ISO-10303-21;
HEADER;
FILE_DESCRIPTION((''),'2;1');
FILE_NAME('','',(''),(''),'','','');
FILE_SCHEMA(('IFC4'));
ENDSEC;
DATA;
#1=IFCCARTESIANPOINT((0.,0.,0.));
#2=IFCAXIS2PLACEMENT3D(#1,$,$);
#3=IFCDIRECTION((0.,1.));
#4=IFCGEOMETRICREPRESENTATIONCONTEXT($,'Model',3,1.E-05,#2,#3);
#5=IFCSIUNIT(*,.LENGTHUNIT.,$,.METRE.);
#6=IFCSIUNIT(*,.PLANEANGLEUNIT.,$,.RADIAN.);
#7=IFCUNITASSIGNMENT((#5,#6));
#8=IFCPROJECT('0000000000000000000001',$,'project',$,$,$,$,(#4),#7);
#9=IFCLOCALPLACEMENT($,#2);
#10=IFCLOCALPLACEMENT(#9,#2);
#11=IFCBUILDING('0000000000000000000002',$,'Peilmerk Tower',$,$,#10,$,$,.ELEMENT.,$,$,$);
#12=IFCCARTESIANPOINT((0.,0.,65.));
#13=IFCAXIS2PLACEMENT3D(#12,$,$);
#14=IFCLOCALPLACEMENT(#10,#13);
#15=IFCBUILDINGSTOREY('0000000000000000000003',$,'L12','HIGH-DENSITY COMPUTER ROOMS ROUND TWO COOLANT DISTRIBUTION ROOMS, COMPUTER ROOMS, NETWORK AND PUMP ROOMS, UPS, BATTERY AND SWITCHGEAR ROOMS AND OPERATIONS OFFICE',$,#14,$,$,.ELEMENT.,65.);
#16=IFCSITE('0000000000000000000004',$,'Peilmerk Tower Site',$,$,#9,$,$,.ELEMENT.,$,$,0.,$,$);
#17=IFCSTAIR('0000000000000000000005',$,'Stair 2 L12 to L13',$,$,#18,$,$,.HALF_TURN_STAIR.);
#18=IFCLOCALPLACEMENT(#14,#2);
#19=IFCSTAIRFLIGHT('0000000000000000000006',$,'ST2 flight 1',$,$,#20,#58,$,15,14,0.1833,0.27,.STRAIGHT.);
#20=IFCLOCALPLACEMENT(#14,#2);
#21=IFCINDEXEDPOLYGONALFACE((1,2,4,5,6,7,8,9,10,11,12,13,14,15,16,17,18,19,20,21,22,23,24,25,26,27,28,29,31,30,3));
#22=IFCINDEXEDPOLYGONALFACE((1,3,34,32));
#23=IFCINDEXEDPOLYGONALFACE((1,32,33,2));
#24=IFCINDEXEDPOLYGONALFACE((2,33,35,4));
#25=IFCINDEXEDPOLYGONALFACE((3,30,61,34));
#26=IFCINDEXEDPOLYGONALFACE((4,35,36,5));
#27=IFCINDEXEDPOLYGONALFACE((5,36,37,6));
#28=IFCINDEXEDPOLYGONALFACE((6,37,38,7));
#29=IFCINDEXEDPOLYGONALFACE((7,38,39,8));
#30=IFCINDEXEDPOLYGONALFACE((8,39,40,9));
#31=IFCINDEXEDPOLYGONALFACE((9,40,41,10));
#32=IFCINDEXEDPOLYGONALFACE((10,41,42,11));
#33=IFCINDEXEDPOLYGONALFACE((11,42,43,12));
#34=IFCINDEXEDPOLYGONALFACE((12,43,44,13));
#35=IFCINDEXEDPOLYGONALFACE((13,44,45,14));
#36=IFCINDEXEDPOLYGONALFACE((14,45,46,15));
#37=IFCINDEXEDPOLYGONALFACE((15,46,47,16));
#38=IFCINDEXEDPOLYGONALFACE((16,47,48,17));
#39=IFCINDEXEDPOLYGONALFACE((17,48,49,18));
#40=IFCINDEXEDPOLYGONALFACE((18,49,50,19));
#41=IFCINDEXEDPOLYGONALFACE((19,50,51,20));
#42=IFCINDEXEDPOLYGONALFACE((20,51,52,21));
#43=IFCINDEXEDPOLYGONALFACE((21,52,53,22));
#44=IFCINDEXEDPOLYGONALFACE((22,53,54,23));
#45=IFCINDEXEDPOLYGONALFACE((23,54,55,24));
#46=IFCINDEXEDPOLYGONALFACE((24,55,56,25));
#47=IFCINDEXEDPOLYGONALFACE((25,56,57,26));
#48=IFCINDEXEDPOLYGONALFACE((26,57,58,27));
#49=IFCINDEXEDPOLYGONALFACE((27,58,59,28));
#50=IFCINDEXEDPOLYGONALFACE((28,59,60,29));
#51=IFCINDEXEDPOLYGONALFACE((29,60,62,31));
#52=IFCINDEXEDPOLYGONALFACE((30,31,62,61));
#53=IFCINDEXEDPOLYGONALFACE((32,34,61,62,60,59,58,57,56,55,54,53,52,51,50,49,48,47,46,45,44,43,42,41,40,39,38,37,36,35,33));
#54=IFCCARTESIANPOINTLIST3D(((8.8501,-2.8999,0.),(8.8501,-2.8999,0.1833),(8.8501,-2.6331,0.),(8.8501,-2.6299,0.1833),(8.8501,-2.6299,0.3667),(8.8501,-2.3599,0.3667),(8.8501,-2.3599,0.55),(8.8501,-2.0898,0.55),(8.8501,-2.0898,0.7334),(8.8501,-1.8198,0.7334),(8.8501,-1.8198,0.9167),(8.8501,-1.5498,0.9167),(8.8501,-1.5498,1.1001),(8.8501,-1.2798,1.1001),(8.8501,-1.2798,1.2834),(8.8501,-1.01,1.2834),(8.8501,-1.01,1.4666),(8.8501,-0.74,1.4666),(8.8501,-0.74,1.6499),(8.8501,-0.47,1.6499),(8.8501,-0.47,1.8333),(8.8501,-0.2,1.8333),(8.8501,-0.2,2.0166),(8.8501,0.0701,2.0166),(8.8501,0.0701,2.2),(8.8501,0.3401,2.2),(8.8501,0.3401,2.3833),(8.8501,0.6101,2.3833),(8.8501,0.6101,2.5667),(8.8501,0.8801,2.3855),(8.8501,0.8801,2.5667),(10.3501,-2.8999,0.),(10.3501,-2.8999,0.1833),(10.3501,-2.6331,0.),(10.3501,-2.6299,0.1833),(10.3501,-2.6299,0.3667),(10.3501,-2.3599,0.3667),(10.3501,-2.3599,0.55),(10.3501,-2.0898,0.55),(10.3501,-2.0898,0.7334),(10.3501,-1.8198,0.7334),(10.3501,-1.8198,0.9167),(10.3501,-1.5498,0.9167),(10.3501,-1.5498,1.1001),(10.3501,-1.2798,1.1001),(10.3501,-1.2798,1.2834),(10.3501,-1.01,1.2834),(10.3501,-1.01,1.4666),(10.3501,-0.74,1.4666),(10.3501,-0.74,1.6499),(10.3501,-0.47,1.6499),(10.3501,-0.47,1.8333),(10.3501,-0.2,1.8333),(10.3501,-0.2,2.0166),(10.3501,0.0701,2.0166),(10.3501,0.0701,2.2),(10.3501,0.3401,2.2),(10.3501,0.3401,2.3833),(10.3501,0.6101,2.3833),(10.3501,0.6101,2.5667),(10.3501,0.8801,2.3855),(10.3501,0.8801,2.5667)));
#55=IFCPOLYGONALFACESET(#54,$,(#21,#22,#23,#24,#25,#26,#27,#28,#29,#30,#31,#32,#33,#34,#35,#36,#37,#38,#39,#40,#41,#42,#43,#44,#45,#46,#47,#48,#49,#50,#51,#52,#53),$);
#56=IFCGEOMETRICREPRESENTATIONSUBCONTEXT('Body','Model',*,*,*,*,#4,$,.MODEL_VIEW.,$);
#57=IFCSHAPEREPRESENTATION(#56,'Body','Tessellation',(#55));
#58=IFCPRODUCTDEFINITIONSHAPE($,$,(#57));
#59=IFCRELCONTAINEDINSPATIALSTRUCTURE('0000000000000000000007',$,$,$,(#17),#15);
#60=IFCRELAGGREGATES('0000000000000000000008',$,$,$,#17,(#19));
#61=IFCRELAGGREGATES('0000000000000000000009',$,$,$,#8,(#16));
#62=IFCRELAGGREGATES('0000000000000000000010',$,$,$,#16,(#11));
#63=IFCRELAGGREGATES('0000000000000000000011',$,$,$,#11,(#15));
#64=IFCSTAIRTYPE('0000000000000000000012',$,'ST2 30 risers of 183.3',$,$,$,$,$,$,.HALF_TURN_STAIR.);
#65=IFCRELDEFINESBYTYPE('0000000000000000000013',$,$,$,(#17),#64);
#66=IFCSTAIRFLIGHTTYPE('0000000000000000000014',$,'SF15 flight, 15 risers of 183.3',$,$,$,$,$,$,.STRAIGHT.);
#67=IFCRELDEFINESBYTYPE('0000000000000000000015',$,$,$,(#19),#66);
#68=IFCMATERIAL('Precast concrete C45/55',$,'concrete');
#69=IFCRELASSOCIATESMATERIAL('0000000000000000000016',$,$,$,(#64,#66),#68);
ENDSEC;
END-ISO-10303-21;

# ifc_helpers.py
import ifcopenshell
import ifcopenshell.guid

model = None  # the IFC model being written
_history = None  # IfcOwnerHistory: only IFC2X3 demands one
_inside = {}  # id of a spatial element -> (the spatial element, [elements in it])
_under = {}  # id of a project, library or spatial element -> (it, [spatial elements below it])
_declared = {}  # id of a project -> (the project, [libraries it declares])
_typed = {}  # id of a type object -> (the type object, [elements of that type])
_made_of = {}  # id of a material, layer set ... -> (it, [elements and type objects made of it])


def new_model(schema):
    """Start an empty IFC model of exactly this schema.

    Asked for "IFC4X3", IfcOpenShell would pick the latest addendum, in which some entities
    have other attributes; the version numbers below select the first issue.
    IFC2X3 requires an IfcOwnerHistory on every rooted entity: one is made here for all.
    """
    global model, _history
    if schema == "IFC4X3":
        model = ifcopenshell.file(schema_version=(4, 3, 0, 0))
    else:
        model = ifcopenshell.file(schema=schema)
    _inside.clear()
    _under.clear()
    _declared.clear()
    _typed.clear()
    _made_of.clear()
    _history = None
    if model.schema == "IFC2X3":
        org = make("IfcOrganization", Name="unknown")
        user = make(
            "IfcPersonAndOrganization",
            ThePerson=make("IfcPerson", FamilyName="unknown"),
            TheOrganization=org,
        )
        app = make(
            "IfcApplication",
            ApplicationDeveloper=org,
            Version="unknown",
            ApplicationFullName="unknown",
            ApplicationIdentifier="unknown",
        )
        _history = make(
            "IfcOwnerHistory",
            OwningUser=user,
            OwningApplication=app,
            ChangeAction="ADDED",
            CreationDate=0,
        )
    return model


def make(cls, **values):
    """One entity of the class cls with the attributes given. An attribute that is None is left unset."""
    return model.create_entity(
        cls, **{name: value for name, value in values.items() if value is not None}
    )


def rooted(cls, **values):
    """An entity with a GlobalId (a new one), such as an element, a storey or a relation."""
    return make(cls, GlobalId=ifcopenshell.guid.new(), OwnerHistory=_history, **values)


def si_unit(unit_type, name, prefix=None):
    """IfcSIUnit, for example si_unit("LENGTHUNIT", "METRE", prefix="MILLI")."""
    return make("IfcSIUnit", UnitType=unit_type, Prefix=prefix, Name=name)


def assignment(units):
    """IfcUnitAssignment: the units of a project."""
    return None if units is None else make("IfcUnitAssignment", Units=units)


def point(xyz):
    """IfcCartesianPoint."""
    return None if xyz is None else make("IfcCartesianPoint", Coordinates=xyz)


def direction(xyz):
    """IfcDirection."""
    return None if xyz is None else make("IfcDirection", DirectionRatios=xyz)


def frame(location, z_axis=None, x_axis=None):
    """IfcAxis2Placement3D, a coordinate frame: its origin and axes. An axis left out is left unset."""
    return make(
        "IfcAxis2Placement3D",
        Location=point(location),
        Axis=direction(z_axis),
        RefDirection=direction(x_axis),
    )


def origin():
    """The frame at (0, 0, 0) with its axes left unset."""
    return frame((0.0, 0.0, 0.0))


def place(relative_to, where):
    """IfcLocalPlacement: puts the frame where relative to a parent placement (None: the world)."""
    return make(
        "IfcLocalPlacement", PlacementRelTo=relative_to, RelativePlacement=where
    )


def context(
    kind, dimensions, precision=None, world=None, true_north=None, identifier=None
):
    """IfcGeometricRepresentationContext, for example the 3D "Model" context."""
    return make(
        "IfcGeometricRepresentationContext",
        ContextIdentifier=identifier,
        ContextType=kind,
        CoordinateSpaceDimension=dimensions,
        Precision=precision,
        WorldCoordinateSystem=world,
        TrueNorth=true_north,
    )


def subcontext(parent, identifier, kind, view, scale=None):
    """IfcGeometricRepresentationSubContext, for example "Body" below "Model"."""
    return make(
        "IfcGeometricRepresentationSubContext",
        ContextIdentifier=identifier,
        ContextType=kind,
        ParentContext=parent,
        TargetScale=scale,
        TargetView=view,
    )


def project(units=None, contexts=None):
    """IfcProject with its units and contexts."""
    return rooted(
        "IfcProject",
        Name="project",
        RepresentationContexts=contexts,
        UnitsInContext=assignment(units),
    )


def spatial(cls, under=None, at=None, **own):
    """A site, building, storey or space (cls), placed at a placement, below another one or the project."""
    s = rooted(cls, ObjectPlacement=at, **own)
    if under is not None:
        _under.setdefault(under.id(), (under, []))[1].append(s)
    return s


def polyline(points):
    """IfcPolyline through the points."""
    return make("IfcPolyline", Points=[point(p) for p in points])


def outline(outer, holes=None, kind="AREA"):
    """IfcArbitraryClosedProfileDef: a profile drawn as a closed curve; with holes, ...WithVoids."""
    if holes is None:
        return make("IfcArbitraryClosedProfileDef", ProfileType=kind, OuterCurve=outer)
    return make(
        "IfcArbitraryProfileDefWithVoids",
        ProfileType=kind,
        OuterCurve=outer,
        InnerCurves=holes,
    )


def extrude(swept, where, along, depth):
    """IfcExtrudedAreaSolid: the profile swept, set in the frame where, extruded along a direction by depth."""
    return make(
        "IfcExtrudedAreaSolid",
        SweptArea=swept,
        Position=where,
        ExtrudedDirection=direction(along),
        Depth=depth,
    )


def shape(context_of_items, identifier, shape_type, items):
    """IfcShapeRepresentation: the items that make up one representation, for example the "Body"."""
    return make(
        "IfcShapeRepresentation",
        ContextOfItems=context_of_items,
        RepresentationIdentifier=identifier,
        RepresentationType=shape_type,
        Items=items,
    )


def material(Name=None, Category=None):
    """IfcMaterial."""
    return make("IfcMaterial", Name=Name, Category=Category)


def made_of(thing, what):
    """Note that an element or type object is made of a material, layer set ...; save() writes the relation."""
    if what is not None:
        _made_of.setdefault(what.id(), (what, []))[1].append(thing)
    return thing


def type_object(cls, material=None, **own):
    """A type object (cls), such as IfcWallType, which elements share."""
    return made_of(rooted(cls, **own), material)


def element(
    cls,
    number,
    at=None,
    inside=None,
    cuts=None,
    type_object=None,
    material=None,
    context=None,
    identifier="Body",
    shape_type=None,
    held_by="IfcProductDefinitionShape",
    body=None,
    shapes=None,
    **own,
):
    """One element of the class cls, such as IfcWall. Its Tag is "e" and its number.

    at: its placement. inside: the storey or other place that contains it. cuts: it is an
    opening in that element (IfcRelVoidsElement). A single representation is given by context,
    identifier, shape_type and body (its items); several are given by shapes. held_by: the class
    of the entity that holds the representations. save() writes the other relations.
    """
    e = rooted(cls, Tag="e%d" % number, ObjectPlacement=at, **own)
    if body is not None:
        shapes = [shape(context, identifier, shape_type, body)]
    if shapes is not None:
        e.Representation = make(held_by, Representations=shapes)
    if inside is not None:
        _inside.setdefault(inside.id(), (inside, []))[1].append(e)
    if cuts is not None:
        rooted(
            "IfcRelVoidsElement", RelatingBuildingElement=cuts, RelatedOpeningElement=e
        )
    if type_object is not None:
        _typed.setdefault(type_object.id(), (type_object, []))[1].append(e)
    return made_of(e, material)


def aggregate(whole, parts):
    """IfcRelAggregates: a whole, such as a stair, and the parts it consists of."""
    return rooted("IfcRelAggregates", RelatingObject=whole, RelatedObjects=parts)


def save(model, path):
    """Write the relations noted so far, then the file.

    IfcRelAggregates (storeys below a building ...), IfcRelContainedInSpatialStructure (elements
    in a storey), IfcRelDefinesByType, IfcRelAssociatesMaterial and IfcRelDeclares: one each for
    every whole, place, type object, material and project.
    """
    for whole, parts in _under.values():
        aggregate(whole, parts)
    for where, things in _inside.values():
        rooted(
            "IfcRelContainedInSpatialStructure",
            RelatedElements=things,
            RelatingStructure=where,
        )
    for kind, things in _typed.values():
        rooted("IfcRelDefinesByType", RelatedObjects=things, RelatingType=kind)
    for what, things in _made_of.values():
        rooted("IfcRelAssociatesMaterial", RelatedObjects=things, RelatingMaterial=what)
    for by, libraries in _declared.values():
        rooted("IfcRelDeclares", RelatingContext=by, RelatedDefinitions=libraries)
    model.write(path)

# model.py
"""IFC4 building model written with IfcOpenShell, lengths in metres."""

from ifc_helpers import new_model, si_unit, direction, frame, origin, place, context, subcontext, project, spatial, polyline, outline, extrude, material, type_object, element, aggregate, save


model = new_model("IFC4")

# Units and contexts
model_context = context("Model", 3, precision=1e-05, world=origin(), true_north=direction((0.0, 1.0)))
body_context = subcontext(model_context, "Body", "Model", "MODEL_VIEW")
ifc_project = project(units=[si_unit("LENGTHUNIT", "METRE"), si_unit("PLANEANGLEUNIT", "RADIAN")], contexts=[model_context])

# Site, building, storey
site_placement = place(None, origin())
site = spatial("IfcSite", under=ifc_project, at=site_placement, Name="Peilmerk Tower Site", CompositionType="ELEMENT", RefElevation=0.0)
building_placement = place(site_placement, origin())
building = spatial("IfcBuilding", under=site, at=building_placement, Name="Peilmerk Tower", CompositionType="ELEMENT")
storey_placement = place(building_placement, frame((0.0, 0.0, 65.0)))
storey = spatial("IfcBuildingStorey", under=building, at=storey_placement, Name="L12", Description="HIGH-DENSITY COMPUTER ROOMS ROUND TWO COOLANT DISTRIBUTION ROOMS, COMPUTER ROOMS, NETWORK AND PUMP ROOMS, UPS, BATTERY AND SWITCHGEAR ROOMS AND OPERATIONS OFFICE", CompositionType="ELEMENT", Elevation=65.0)

# Stair, stair flight
ifc_material_1 = material(Name="Precast concrete C45/55", Category="concrete")
stair_type = type_object("IfcStairType", Name="ST2 30 risers of 183.3", PredefinedType="HALF_TURN_STAIR", material=ifc_material_1)
stair_placement = place(storey_placement, origin())
stair = element("IfcStair", 1, at=stair_placement, inside=storey, type_object=stair_type, Name="Stair 2 L12 to L13", PredefinedType="HALF_TURN_STAIR")
stair_flight_type = type_object("IfcStairFlightType", Name="SF15 flight, 15 risers of 183.3", PredefinedType="STRAIGHT", material=ifc_material_1)
stair_flight_placement = place(storey_placement, frame((9.6001, -2.8999, 0.0), z_axis=(0.0, 0.0, 1.0), x_axis=(0.0, 1.0, 0.0)))
stair_flight = element("IfcStairFlight", 2, at=stair_flight_placement, type_object=stair_flight_type, Name="ST2 flight 1", NumberOfRisers=15, NumberOfTreads=14, PredefinedType="STRAIGHT", RiserHeight=0.1833, TreadLength=0.27, context=body_context, shape_type="SweptSolid", body=[
    extrude(outline(polyline([(0.0, 0.0), (0.0, 0.1833), (0.27, 0.1833), (0.27, 0.3667), (0.54, 0.3667), (0.54, 0.55), (0.8101, 0.55), (0.8101, 0.7334), (1.0801, 0.7334), (1.0801, 0.9167), (1.3501, 0.9167), (1.3501, 1.1001), (1.6201, 1.1001), (1.6201, 1.2834), (1.8899, 1.2834), (1.8899, 1.4666), (2.1599, 1.4666), (2.1599, 1.6499), (2.4299, 1.6499), (2.4299, 1.8333), (2.7, 1.8333), (2.7, 2.0166), (2.97, 2.0166), (2.97, 2.2), (3.24, 2.2), (3.24, 2.3833), (3.51, 2.3833), (3.51, 2.5667), (3.78, 2.5667), (3.78, 2.75), (3.78, 2.3855), (0.2668, 0.0), (0.0, 0.0)])), frame((0.0, 0.75, 0.0), z_axis=(0.0, -1.0, 0.0), x_axis=(1.0, 0.0, 0.0)), (0.0, 0.0, 1.0), 1.5),
])
aggregate(stair, [stair_flight])

save(model, "model.ifc")
